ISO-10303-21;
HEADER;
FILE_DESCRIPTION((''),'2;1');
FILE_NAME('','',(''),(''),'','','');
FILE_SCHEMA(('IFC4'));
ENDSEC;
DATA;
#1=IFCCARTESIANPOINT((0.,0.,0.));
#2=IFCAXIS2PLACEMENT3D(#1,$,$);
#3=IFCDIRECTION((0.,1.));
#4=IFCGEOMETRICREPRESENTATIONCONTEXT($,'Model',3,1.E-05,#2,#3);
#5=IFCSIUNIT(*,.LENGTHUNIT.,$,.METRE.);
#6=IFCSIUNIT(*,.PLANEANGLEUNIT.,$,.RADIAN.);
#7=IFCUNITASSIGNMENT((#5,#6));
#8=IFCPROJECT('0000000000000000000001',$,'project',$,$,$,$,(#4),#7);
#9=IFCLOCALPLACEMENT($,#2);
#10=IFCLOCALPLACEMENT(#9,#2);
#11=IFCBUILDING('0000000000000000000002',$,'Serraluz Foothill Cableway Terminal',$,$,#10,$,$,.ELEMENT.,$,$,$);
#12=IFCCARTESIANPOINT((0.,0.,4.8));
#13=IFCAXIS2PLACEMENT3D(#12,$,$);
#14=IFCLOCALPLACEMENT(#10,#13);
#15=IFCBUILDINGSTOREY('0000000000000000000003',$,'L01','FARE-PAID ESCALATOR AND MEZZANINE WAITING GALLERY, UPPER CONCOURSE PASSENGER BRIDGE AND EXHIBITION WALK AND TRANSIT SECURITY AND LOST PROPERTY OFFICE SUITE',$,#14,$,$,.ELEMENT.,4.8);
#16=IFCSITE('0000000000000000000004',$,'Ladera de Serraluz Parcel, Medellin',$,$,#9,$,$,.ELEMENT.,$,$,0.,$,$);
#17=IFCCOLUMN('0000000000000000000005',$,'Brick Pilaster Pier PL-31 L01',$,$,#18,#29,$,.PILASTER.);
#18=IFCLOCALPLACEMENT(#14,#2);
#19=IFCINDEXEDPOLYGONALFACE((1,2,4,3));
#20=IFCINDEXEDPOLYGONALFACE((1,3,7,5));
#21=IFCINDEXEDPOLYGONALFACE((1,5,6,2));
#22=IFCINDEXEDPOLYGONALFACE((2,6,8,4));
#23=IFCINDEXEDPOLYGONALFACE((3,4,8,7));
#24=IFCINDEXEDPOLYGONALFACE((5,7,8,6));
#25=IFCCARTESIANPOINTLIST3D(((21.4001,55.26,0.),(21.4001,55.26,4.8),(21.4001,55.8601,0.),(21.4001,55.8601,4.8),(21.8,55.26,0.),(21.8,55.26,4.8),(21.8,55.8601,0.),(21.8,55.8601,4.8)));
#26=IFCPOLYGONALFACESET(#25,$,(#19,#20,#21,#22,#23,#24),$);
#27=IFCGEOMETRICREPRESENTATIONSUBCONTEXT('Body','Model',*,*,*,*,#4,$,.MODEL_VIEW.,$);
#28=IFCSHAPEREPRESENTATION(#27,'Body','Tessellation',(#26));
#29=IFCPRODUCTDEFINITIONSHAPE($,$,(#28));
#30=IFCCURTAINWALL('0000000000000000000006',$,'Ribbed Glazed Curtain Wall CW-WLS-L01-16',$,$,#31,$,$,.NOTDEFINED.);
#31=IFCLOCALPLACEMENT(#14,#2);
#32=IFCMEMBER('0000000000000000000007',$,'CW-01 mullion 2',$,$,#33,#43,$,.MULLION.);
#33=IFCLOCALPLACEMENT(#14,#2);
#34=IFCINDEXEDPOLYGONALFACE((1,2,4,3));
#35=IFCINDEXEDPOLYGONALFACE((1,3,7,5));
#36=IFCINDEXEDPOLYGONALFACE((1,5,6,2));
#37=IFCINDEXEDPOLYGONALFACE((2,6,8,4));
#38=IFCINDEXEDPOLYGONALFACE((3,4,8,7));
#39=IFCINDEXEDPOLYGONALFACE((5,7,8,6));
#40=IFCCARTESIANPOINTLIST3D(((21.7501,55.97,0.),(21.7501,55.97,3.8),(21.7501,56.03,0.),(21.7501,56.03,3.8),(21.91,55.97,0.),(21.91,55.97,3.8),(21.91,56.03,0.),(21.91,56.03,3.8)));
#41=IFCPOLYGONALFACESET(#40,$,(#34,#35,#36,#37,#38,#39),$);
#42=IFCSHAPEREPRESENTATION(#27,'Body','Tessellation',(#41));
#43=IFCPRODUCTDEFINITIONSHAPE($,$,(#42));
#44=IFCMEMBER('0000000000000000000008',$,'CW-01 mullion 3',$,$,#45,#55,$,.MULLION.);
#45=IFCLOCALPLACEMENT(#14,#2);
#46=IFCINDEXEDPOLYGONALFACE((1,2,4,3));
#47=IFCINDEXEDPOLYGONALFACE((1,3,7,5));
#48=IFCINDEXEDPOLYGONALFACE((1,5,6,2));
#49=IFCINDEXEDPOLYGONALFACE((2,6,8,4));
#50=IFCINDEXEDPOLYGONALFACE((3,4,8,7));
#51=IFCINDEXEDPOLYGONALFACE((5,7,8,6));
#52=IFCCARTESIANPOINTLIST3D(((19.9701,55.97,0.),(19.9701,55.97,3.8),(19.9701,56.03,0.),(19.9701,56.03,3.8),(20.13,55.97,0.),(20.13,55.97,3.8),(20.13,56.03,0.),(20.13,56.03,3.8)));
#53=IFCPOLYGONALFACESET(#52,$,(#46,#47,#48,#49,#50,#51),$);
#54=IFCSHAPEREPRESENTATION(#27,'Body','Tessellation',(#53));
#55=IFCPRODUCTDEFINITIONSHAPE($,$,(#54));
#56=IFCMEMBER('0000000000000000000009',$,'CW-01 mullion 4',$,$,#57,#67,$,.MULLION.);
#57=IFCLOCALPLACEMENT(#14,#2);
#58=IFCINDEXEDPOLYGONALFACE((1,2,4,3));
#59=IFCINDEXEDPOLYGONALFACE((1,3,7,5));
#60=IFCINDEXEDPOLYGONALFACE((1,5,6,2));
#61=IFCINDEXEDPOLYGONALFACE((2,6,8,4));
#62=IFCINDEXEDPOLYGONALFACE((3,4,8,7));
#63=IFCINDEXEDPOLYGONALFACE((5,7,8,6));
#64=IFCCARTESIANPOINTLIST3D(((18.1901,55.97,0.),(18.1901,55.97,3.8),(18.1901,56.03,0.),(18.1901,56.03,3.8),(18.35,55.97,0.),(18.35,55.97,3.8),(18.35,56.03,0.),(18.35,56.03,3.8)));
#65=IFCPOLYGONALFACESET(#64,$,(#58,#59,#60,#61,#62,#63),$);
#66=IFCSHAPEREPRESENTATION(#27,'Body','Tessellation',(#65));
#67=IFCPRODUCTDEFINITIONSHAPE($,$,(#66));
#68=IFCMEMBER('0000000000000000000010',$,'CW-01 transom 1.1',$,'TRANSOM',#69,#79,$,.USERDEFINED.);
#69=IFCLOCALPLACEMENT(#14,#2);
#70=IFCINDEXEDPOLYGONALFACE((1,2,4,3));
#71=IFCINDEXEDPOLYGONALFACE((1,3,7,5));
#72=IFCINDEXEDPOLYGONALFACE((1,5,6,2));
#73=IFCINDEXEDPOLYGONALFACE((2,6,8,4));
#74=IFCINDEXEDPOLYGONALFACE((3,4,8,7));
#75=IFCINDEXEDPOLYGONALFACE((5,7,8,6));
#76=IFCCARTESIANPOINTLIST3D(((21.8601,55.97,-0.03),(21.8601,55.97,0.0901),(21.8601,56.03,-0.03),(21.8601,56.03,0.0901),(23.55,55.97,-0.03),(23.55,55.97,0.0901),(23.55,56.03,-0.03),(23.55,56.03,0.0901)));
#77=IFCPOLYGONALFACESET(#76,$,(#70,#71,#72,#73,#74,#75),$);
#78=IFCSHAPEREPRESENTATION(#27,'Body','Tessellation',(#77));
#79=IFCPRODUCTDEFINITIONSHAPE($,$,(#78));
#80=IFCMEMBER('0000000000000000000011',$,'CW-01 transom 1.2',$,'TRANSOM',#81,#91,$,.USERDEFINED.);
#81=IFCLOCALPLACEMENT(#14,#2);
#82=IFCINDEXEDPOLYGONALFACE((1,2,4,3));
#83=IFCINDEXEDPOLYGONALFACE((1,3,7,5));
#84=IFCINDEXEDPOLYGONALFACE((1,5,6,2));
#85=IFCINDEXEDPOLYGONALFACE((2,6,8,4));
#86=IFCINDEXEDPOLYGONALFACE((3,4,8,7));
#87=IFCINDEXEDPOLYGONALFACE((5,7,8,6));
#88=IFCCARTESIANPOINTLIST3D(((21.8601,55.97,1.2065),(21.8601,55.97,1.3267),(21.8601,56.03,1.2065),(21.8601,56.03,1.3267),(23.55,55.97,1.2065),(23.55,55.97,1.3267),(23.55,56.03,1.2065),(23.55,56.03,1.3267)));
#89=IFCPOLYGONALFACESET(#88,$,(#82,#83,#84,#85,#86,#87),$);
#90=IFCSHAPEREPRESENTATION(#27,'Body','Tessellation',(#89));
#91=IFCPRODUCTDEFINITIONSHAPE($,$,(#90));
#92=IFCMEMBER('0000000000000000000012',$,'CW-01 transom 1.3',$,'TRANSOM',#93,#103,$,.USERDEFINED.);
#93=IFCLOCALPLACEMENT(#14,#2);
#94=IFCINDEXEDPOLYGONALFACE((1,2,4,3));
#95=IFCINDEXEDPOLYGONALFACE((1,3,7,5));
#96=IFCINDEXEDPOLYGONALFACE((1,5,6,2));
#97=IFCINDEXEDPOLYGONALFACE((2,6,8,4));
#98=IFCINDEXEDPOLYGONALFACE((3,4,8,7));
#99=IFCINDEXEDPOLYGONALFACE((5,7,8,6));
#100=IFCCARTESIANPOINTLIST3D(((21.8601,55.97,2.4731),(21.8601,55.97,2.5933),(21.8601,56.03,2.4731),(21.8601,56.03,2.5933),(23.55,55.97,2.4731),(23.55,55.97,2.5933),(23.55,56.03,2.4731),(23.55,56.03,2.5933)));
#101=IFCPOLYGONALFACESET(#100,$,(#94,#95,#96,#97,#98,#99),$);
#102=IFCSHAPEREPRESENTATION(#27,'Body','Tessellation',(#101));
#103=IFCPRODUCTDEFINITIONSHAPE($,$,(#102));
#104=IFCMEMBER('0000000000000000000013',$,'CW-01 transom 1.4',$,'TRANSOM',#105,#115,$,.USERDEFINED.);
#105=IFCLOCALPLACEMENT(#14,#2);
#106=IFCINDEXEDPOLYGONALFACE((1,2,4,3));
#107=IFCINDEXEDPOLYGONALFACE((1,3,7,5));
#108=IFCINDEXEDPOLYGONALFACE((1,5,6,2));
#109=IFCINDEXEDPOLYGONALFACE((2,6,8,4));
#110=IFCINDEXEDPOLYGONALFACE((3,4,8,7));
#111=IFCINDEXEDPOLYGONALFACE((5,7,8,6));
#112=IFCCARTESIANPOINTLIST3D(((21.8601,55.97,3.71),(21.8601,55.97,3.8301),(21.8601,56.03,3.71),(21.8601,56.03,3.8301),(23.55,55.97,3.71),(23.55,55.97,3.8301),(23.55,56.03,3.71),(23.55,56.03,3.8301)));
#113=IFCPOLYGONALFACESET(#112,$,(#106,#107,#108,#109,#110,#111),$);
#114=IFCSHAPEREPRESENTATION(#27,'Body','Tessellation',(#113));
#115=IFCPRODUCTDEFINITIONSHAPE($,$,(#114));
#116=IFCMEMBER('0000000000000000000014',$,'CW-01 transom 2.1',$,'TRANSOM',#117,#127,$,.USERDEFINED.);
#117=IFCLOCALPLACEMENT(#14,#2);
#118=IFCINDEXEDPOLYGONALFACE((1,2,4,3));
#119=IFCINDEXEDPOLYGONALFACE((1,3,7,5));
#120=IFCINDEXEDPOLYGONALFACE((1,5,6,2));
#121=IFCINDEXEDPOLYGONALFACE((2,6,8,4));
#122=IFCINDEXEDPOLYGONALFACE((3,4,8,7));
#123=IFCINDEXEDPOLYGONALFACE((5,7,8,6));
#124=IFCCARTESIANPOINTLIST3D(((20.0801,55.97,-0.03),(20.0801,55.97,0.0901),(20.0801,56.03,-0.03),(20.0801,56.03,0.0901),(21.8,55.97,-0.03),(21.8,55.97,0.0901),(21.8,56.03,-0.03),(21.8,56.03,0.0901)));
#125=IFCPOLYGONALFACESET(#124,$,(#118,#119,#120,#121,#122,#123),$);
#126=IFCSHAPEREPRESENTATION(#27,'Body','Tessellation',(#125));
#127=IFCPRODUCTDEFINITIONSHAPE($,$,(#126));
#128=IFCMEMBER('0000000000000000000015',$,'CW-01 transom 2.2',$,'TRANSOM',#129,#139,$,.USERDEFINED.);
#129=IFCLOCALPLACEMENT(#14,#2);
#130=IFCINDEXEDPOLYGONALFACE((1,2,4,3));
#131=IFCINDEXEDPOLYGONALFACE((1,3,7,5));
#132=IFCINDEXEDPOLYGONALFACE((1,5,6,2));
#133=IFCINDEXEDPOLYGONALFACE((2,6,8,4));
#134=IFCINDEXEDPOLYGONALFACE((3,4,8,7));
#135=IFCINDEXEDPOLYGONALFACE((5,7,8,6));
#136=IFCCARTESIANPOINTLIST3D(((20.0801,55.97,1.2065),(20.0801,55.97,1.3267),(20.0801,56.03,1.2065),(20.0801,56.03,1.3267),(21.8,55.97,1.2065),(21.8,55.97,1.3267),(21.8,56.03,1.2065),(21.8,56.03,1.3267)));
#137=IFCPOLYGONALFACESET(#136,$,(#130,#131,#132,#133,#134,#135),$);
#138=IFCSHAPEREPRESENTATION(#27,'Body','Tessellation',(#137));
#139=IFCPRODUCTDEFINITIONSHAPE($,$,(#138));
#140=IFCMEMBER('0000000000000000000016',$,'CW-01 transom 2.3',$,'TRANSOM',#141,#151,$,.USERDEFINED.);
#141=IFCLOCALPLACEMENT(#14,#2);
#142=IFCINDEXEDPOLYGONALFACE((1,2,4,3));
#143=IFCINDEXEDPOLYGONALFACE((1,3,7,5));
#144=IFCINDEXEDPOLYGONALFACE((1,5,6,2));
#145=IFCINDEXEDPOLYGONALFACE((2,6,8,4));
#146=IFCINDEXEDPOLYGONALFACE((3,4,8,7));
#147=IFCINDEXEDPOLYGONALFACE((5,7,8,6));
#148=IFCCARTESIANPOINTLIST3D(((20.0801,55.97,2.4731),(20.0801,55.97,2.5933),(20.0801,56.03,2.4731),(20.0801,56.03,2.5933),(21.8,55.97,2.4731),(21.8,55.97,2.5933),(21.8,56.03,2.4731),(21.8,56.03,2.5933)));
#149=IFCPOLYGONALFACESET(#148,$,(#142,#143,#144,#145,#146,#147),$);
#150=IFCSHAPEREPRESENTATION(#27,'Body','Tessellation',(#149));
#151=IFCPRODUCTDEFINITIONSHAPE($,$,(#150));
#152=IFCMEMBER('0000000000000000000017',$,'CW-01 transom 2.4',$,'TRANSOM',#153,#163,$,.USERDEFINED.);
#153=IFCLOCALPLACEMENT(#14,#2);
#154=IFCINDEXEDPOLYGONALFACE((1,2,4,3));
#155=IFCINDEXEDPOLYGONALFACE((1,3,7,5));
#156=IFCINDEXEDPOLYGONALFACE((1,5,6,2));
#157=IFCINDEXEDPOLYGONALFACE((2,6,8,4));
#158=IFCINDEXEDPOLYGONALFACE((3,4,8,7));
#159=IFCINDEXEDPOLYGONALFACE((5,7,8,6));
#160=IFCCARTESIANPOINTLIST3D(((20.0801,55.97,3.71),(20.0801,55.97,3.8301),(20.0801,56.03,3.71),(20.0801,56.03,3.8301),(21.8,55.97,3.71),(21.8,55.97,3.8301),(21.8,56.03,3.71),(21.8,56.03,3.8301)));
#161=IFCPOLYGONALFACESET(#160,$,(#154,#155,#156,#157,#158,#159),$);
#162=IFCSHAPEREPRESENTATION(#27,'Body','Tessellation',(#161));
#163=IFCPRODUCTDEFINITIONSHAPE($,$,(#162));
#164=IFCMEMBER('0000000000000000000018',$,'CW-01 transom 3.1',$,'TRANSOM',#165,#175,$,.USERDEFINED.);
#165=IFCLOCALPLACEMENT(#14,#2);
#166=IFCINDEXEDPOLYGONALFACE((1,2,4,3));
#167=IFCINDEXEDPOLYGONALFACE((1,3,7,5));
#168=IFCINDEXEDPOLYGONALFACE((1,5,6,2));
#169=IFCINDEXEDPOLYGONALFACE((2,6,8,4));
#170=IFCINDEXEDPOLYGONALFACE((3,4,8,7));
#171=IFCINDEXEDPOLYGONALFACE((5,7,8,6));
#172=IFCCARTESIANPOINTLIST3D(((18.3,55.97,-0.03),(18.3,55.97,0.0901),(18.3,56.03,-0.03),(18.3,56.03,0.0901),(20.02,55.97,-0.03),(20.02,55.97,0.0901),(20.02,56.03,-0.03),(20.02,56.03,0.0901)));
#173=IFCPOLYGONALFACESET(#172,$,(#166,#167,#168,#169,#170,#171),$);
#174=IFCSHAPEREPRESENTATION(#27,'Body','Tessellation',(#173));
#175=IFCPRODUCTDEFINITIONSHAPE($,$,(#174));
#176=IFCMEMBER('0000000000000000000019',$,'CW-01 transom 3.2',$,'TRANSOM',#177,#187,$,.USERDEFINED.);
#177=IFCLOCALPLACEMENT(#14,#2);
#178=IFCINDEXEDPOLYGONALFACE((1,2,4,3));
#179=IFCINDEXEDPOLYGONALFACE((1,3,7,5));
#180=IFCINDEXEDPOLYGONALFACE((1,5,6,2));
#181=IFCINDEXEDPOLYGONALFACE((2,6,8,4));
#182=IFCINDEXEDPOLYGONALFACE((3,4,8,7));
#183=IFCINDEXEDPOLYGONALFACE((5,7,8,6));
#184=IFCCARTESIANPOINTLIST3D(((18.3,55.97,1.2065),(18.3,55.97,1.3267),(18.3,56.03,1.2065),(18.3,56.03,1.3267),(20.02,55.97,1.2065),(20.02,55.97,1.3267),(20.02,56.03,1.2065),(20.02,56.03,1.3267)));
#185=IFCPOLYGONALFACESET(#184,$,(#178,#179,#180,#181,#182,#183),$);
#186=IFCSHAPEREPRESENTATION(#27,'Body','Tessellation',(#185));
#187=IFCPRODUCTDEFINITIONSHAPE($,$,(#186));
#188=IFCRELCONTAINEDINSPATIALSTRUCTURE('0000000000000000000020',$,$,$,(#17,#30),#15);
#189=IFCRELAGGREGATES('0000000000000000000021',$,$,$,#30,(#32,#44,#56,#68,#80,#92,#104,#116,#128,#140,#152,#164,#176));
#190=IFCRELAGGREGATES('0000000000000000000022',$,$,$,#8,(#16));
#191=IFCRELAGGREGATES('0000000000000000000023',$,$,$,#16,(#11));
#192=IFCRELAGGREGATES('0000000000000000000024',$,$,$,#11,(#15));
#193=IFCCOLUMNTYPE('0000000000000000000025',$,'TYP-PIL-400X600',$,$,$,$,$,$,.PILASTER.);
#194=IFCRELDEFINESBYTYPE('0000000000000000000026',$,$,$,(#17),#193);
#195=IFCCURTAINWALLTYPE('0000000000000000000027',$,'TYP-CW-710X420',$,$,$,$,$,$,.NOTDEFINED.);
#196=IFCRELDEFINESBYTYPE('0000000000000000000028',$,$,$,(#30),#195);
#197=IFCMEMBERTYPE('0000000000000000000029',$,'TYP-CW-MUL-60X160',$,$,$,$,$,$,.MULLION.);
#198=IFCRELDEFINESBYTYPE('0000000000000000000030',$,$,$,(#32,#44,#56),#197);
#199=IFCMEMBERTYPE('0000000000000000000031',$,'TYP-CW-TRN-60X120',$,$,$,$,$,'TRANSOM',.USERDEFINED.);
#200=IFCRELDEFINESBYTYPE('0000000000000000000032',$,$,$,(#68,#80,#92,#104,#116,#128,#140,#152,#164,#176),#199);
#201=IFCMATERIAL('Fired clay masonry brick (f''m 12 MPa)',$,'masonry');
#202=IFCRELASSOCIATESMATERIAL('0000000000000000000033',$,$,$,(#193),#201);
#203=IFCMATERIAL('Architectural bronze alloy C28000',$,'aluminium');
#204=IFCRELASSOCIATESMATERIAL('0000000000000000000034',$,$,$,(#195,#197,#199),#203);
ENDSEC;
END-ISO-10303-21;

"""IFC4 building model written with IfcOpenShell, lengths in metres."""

from ifc_helpers import new_model, si_unit, direction, frame, origin, origin_2d, place, context, subcontext, project, spatial, rectangle, extrude, material, material_profile, profile_set, type_object, element, aggregate, save


model = new_model("IFC4")

# Units and contexts
model_context = context("Model", 3, precision=1e-05, world=origin(), true_north=direction((0.0, 1.0)))
body_context = subcontext(model_context, "Body", "Model", "MODEL_VIEW")
ifc_project = project(units=[si_unit("LENGTHUNIT", "METRE"), si_unit("PLANEANGLEUNIT", "RADIAN")], contexts=[model_context])

# Site, building, storey
site_placement = place(None, origin())
site = spatial("IfcSite", under=ifc_project, at=site_placement, Name="Ladera de Serraluz Parcel, Medellin", CompositionType="ELEMENT", RefElevation=0.0)
building_placement = place(site_placement, origin())
building = spatial("IfcBuilding", under=site, at=building_placement, Name="Serraluz Foothill Cableway Terminal", CompositionType="ELEMENT")
storey_placement = place(building_placement, frame((0.0, 0.0, 4.8)))
storey = spatial("IfcBuildingStorey", under=building, at=storey_placement, Name="L01", Description="FARE-PAID ESCALATOR AND MEZZANINE WAITING GALLERY, UPPER CONCOURSE PASSENGER BRIDGE AND EXHIBITION WALK AND TRANSIT SECURITY AND LOST PROPERTY OFFICE SUITE", CompositionType="ELEMENT", Elevation=4.8)

# Column
ifc_material_1 = material(Name="Fired clay masonry brick (f'm 12 MPa)", Category="masonry")
ifc_material_profile_1 = material_profile(ifc_material_1, rectangle(XDim=0.3999, YDim=0.6001, at=origin_2d()), Name="PIL 400x600")
ifc_profile_set_1 = profile_set([ifc_material_profile_1], Name="Fired clay masonry brick (f'm 12 MPa)")
column_type = type_object("IfcColumnType", Name="TYP-PIL-400X600", PredefinedType="PILASTER", material=ifc_profile_set_1)
column_placement = place(storey_placement, frame((21.6001, 55.5601, 0.0), z_axis=(0.0, 0.0, 1.0), x_axis=(1.0, 0.0, 0.0)))
element("IfcColumn", 1, at=column_placement, inside=storey, type_object=column_type, Name="Brick Pilaster Pier PL-31 L01", PredefinedType="PILASTER", context=body_context, shape_type="SweptSolid", body=[
    extrude(rectangle(XDim=0.3999, YDim=0.6001, at=origin_2d()), origin(), (0.0, 0.0, 1.0), 4.8),
])

# Curtain wall, members
ifc_material_2 = material(Name="Architectural bronze alloy C28000", Category="aluminium")
curtain_wall_type = type_object("IfcCurtainWallType", Name="TYP-CW-710X420", PredefinedType="NOTDEFINED", material=ifc_material_2)
curtain_wall_placement = place(storey_placement, origin())
curtain_wall = element("IfcCurtainWall", 2, at=curtain_wall_placement, inside=storey, type_object=curtain_wall_type, Name="Ribbed Glazed Curtain Wall CW-WLS-L01-16", PredefinedType="NOTDEFINED")
ifc_material_profile_2 = material_profile(ifc_material_2, rectangle(XDim=0.0601, YDim=0.1599, at=origin_2d()), Name="ALU MULLION 60x160")
ifc_profile_set_2 = profile_set([ifc_material_profile_2], Name="Architectural bronze alloy C28000")
member_type_1 = type_object("IfcMemberType", Name="TYP-CW-MUL-60X160", PredefinedType="MULLION", material=ifc_profile_set_2)
member_1_placement = place(storey_placement, frame((21.8301, 56.0, 0.0), z_axis=(0.0, 0.0, 1.0), x_axis=(0.0, -1.0, 0.0)))
member_1 = element("IfcMember", 3, at=member_1_placement, type_object=member_type_1, Name="CW-01 mullion 2", PredefinedType="MULLION", context=body_context, shape_type="SweptSolid", body=[
    extrude(rectangle(XDim=0.0601, YDim=0.1599, at=origin_2d()), origin(), (0.0, 0.0, 1.0), 3.8),
])
member_2_placement = place(storey_placement, frame((20.05, 56.0, 0.0), z_axis=(0.0, 0.0, 1.0), x_axis=(0.0, -1.0, 0.0)))
member_2 = element("IfcMember", 4, at=member_2_placement, type_object=member_type_1, Name="CW-01 mullion 3", PredefinedType="MULLION", context=body_context, shape_type="SweptSolid", body=[
    extrude(rectangle(XDim=0.0601, YDim=0.1599, at=origin_2d()), origin(), (0.0, 0.0, 1.0), 3.8),
])
member_3_placement = place(storey_placement, frame((18.27, 56.0, 0.0), z_axis=(0.0, 0.0, 1.0), x_axis=(0.0, -1.0, 0.0)))
member_3 = element("IfcMember", 5, at=member_3_placement, type_object=member_type_1, Name="CW-01 mullion 4", PredefinedType="MULLION", context=body_context, shape_type="SweptSolid", body=[
    extrude(rectangle(XDim=0.0601, YDim=0.1599, at=origin_2d()), origin(), (0.0, 0.0, 1.0), 3.8),
])
ifc_material_profile_3 = material_profile(ifc_material_2, rectangle(XDim=0.0601, YDim=0.1201, at=origin_2d()), Name="ALU TRANSOM 60x120")
ifc_profile_set_3 = profile_set([ifc_material_profile_3], Name="Architectural bronze alloy C28000")
member_type_2 = type_object("IfcMemberType", Name="TYP-CW-TRN-60X120", ElementType="TRANSOM", PredefinedType="USERDEFINED", material=ifc_profile_set_3)
member_4_placement = place(storey_placement, frame((23.55, 56.0, 0.03), z_axis=(-1.0, 0.0, 0.0), x_axis=(0.0, -1.0, 0.0)))
member_4 = element("IfcMember", 6, at=member_4_placement, type_object=member_type_2, Name="CW-01 transom 1.1", ObjectType="TRANSOM", PredefinedType="USERDEFINED", context=body_context, shape_type="SweptSolid", body=[
    extrude(rectangle(XDim=0.0601, YDim=0.1201, at=origin_2d()), origin(), (0.0, 0.0, 1.0), 1.6899),
])
member_5_placement = place(storey_placement, frame((23.55, 56.0, 1.2666), z_axis=(-1.0, 0.0, 0.0), x_axis=(0.0, -1.0, 0.0)))
member_5 = element("IfcMember", 7, at=member_5_placement, type_object=member_type_2, Name="CW-01 transom 1.2", ObjectType="TRANSOM", PredefinedType="USERDEFINED", context=body_context, shape_type="SweptSolid", body=[
    extrude(rectangle(XDim=0.0601, YDim=0.1201, at=origin_2d()), origin(), (0.0, 0.0, 1.0), 1.6899),
])
member_6_placement = place(storey_placement, frame((23.55, 56.0, 2.5332), z_axis=(-1.0, 0.0, 0.0), x_axis=(0.0, -1.0, 0.0)))
member_6 = element("IfcMember", 8, at=member_6_placement, type_object=member_type_2, Name="CW-01 transom 1.3", ObjectType="TRANSOM", PredefinedType="USERDEFINED", context=body_context, shape_type="SweptSolid", body=[
    extrude(rectangle(XDim=0.0601, YDim=0.1201, at=origin_2d()), origin(), (0.0, 0.0, 1.0), 1.6899),
])
member_7_placement = place(storey_placement, frame((23.55, 56.0, 3.77), z_axis=(-1.0, 0.0, 0.0), x_axis=(0.0, -1.0, 0.0)))
member_7 = element("IfcMember", 9, at=member_7_placement, type_object=member_type_2, Name="CW-01 transom 1.4", ObjectType="TRANSOM", PredefinedType="USERDEFINED", context=body_context, shape_type="SweptSolid", body=[
    extrude(rectangle(XDim=0.0601, YDim=0.1201, at=origin_2d()), origin(), (0.0, 0.0, 1.0), 1.6899),
])
member_8_placement = place(storey_placement, frame((21.8, 56.0, 0.03), z_axis=(-1.0, 0.0, 0.0), x_axis=(0.0, -1.0, 0.0)))
member_8 = element("IfcMember", 10, at=member_8_placement, type_object=member_type_2, Name="CW-01 transom 2.1", ObjectType="TRANSOM", PredefinedType="USERDEFINED", context=body_context, shape_type="SweptSolid", body=[
    extrude(rectangle(XDim=0.0601, YDim=0.1201, at=origin_2d()), origin(), (0.0, 0.0, 1.0), 1.72),
])
member_9_placement = place(storey_placement, frame((21.8, 56.0, 1.2666), z_axis=(-1.0, 0.0, 0.0), x_axis=(0.0, -1.0, 0.0)))
member_9 = element("IfcMember", 11, at=member_9_placement, type_object=member_type_2, Name="CW-01 transom 2.2", ObjectType="TRANSOM", PredefinedType="USERDEFINED", context=body_context, shape_type="SweptSolid", body=[
    extrude(rectangle(XDim=0.0601, YDim=0.1201, at=origin_2d()), origin(), (0.0, 0.0, 1.0), 1.72),
])
member_10_placement = place(storey_placement, frame((21.8, 56.0, 2.5332), z_axis=(-1.0, 0.0, 0.0), x_axis=(0.0, -1.0, 0.0)))
member_10 = element("IfcMember", 12, at=member_10_placement, type_object=member_type_2, Name="CW-01 transom 2.3", ObjectType="TRANSOM", PredefinedType="USERDEFINED", context=body_context, shape_type="SweptSolid", body=[
    extrude(rectangle(XDim=0.0601, YDim=0.1201, at=origin_2d()), origin(), (0.0, 0.0, 1.0), 1.72),
])
member_11_placement = place(storey_placement, frame((21.8, 56.0, 3.77), z_axis=(-1.0, 0.0, 0.0), x_axis=(0.0, -1.0, 0.0)))
member_11 = element("IfcMember", 13, at=member_11_placement, type_object=member_type_2, Name="CW-01 transom 2.4", ObjectType="TRANSOM", PredefinedType="USERDEFINED", context=body_context, shape_type="SweptSolid", body=[
    extrude(rectangle(XDim=0.0601, YDim=0.1201, at=origin_2d()), origin(), (0.0, 0.0, 1.0), 1.72),
])
member_12_placement = place(storey_placement, frame((20.02, 56.0, 0.03), z_axis=(-1.0, 0.0, 0.0), x_axis=(0.0, -1.0, 0.0)))
member_12 = element("IfcMember", 14, at=member_12_placement, type_object=member_type_2, Name="CW-01 transom 3.1", ObjectType="TRANSOM", PredefinedType="USERDEFINED", context=body_context, shape_type="SweptSolid", body=[
    extrude(rectangle(XDim=0.0601, YDim=0.1201, at=origin_2d()), origin(), (0.0, 0.0, 1.0), 1.72),
])
member_13_placement = place(storey_placement, frame((20.02, 56.0, 1.2666), z_axis=(-1.0, 0.0, 0.0), x_axis=(0.0, -1.0, 0.0)))
member_13 = element("IfcMember", 15, at=member_13_placement, type_object=member_type_2, Name="CW-01 transom 3.2", ObjectType="TRANSOM", PredefinedType="USERDEFINED", context=body_context, shape_type="SweptSolid", body=[
    extrude(rectangle(XDim=0.0601, YDim=0.1201, at=origin_2d()), origin(), (0.0, 0.0, 1.0), 1.72),
])
aggregate(curtain_wall, [member_1, member_2, member_3, member_4, member_5, member_6, member_7, member_8, member_9, member_10, member_11, member_12, member_13])

save(model, "model.ifc")
